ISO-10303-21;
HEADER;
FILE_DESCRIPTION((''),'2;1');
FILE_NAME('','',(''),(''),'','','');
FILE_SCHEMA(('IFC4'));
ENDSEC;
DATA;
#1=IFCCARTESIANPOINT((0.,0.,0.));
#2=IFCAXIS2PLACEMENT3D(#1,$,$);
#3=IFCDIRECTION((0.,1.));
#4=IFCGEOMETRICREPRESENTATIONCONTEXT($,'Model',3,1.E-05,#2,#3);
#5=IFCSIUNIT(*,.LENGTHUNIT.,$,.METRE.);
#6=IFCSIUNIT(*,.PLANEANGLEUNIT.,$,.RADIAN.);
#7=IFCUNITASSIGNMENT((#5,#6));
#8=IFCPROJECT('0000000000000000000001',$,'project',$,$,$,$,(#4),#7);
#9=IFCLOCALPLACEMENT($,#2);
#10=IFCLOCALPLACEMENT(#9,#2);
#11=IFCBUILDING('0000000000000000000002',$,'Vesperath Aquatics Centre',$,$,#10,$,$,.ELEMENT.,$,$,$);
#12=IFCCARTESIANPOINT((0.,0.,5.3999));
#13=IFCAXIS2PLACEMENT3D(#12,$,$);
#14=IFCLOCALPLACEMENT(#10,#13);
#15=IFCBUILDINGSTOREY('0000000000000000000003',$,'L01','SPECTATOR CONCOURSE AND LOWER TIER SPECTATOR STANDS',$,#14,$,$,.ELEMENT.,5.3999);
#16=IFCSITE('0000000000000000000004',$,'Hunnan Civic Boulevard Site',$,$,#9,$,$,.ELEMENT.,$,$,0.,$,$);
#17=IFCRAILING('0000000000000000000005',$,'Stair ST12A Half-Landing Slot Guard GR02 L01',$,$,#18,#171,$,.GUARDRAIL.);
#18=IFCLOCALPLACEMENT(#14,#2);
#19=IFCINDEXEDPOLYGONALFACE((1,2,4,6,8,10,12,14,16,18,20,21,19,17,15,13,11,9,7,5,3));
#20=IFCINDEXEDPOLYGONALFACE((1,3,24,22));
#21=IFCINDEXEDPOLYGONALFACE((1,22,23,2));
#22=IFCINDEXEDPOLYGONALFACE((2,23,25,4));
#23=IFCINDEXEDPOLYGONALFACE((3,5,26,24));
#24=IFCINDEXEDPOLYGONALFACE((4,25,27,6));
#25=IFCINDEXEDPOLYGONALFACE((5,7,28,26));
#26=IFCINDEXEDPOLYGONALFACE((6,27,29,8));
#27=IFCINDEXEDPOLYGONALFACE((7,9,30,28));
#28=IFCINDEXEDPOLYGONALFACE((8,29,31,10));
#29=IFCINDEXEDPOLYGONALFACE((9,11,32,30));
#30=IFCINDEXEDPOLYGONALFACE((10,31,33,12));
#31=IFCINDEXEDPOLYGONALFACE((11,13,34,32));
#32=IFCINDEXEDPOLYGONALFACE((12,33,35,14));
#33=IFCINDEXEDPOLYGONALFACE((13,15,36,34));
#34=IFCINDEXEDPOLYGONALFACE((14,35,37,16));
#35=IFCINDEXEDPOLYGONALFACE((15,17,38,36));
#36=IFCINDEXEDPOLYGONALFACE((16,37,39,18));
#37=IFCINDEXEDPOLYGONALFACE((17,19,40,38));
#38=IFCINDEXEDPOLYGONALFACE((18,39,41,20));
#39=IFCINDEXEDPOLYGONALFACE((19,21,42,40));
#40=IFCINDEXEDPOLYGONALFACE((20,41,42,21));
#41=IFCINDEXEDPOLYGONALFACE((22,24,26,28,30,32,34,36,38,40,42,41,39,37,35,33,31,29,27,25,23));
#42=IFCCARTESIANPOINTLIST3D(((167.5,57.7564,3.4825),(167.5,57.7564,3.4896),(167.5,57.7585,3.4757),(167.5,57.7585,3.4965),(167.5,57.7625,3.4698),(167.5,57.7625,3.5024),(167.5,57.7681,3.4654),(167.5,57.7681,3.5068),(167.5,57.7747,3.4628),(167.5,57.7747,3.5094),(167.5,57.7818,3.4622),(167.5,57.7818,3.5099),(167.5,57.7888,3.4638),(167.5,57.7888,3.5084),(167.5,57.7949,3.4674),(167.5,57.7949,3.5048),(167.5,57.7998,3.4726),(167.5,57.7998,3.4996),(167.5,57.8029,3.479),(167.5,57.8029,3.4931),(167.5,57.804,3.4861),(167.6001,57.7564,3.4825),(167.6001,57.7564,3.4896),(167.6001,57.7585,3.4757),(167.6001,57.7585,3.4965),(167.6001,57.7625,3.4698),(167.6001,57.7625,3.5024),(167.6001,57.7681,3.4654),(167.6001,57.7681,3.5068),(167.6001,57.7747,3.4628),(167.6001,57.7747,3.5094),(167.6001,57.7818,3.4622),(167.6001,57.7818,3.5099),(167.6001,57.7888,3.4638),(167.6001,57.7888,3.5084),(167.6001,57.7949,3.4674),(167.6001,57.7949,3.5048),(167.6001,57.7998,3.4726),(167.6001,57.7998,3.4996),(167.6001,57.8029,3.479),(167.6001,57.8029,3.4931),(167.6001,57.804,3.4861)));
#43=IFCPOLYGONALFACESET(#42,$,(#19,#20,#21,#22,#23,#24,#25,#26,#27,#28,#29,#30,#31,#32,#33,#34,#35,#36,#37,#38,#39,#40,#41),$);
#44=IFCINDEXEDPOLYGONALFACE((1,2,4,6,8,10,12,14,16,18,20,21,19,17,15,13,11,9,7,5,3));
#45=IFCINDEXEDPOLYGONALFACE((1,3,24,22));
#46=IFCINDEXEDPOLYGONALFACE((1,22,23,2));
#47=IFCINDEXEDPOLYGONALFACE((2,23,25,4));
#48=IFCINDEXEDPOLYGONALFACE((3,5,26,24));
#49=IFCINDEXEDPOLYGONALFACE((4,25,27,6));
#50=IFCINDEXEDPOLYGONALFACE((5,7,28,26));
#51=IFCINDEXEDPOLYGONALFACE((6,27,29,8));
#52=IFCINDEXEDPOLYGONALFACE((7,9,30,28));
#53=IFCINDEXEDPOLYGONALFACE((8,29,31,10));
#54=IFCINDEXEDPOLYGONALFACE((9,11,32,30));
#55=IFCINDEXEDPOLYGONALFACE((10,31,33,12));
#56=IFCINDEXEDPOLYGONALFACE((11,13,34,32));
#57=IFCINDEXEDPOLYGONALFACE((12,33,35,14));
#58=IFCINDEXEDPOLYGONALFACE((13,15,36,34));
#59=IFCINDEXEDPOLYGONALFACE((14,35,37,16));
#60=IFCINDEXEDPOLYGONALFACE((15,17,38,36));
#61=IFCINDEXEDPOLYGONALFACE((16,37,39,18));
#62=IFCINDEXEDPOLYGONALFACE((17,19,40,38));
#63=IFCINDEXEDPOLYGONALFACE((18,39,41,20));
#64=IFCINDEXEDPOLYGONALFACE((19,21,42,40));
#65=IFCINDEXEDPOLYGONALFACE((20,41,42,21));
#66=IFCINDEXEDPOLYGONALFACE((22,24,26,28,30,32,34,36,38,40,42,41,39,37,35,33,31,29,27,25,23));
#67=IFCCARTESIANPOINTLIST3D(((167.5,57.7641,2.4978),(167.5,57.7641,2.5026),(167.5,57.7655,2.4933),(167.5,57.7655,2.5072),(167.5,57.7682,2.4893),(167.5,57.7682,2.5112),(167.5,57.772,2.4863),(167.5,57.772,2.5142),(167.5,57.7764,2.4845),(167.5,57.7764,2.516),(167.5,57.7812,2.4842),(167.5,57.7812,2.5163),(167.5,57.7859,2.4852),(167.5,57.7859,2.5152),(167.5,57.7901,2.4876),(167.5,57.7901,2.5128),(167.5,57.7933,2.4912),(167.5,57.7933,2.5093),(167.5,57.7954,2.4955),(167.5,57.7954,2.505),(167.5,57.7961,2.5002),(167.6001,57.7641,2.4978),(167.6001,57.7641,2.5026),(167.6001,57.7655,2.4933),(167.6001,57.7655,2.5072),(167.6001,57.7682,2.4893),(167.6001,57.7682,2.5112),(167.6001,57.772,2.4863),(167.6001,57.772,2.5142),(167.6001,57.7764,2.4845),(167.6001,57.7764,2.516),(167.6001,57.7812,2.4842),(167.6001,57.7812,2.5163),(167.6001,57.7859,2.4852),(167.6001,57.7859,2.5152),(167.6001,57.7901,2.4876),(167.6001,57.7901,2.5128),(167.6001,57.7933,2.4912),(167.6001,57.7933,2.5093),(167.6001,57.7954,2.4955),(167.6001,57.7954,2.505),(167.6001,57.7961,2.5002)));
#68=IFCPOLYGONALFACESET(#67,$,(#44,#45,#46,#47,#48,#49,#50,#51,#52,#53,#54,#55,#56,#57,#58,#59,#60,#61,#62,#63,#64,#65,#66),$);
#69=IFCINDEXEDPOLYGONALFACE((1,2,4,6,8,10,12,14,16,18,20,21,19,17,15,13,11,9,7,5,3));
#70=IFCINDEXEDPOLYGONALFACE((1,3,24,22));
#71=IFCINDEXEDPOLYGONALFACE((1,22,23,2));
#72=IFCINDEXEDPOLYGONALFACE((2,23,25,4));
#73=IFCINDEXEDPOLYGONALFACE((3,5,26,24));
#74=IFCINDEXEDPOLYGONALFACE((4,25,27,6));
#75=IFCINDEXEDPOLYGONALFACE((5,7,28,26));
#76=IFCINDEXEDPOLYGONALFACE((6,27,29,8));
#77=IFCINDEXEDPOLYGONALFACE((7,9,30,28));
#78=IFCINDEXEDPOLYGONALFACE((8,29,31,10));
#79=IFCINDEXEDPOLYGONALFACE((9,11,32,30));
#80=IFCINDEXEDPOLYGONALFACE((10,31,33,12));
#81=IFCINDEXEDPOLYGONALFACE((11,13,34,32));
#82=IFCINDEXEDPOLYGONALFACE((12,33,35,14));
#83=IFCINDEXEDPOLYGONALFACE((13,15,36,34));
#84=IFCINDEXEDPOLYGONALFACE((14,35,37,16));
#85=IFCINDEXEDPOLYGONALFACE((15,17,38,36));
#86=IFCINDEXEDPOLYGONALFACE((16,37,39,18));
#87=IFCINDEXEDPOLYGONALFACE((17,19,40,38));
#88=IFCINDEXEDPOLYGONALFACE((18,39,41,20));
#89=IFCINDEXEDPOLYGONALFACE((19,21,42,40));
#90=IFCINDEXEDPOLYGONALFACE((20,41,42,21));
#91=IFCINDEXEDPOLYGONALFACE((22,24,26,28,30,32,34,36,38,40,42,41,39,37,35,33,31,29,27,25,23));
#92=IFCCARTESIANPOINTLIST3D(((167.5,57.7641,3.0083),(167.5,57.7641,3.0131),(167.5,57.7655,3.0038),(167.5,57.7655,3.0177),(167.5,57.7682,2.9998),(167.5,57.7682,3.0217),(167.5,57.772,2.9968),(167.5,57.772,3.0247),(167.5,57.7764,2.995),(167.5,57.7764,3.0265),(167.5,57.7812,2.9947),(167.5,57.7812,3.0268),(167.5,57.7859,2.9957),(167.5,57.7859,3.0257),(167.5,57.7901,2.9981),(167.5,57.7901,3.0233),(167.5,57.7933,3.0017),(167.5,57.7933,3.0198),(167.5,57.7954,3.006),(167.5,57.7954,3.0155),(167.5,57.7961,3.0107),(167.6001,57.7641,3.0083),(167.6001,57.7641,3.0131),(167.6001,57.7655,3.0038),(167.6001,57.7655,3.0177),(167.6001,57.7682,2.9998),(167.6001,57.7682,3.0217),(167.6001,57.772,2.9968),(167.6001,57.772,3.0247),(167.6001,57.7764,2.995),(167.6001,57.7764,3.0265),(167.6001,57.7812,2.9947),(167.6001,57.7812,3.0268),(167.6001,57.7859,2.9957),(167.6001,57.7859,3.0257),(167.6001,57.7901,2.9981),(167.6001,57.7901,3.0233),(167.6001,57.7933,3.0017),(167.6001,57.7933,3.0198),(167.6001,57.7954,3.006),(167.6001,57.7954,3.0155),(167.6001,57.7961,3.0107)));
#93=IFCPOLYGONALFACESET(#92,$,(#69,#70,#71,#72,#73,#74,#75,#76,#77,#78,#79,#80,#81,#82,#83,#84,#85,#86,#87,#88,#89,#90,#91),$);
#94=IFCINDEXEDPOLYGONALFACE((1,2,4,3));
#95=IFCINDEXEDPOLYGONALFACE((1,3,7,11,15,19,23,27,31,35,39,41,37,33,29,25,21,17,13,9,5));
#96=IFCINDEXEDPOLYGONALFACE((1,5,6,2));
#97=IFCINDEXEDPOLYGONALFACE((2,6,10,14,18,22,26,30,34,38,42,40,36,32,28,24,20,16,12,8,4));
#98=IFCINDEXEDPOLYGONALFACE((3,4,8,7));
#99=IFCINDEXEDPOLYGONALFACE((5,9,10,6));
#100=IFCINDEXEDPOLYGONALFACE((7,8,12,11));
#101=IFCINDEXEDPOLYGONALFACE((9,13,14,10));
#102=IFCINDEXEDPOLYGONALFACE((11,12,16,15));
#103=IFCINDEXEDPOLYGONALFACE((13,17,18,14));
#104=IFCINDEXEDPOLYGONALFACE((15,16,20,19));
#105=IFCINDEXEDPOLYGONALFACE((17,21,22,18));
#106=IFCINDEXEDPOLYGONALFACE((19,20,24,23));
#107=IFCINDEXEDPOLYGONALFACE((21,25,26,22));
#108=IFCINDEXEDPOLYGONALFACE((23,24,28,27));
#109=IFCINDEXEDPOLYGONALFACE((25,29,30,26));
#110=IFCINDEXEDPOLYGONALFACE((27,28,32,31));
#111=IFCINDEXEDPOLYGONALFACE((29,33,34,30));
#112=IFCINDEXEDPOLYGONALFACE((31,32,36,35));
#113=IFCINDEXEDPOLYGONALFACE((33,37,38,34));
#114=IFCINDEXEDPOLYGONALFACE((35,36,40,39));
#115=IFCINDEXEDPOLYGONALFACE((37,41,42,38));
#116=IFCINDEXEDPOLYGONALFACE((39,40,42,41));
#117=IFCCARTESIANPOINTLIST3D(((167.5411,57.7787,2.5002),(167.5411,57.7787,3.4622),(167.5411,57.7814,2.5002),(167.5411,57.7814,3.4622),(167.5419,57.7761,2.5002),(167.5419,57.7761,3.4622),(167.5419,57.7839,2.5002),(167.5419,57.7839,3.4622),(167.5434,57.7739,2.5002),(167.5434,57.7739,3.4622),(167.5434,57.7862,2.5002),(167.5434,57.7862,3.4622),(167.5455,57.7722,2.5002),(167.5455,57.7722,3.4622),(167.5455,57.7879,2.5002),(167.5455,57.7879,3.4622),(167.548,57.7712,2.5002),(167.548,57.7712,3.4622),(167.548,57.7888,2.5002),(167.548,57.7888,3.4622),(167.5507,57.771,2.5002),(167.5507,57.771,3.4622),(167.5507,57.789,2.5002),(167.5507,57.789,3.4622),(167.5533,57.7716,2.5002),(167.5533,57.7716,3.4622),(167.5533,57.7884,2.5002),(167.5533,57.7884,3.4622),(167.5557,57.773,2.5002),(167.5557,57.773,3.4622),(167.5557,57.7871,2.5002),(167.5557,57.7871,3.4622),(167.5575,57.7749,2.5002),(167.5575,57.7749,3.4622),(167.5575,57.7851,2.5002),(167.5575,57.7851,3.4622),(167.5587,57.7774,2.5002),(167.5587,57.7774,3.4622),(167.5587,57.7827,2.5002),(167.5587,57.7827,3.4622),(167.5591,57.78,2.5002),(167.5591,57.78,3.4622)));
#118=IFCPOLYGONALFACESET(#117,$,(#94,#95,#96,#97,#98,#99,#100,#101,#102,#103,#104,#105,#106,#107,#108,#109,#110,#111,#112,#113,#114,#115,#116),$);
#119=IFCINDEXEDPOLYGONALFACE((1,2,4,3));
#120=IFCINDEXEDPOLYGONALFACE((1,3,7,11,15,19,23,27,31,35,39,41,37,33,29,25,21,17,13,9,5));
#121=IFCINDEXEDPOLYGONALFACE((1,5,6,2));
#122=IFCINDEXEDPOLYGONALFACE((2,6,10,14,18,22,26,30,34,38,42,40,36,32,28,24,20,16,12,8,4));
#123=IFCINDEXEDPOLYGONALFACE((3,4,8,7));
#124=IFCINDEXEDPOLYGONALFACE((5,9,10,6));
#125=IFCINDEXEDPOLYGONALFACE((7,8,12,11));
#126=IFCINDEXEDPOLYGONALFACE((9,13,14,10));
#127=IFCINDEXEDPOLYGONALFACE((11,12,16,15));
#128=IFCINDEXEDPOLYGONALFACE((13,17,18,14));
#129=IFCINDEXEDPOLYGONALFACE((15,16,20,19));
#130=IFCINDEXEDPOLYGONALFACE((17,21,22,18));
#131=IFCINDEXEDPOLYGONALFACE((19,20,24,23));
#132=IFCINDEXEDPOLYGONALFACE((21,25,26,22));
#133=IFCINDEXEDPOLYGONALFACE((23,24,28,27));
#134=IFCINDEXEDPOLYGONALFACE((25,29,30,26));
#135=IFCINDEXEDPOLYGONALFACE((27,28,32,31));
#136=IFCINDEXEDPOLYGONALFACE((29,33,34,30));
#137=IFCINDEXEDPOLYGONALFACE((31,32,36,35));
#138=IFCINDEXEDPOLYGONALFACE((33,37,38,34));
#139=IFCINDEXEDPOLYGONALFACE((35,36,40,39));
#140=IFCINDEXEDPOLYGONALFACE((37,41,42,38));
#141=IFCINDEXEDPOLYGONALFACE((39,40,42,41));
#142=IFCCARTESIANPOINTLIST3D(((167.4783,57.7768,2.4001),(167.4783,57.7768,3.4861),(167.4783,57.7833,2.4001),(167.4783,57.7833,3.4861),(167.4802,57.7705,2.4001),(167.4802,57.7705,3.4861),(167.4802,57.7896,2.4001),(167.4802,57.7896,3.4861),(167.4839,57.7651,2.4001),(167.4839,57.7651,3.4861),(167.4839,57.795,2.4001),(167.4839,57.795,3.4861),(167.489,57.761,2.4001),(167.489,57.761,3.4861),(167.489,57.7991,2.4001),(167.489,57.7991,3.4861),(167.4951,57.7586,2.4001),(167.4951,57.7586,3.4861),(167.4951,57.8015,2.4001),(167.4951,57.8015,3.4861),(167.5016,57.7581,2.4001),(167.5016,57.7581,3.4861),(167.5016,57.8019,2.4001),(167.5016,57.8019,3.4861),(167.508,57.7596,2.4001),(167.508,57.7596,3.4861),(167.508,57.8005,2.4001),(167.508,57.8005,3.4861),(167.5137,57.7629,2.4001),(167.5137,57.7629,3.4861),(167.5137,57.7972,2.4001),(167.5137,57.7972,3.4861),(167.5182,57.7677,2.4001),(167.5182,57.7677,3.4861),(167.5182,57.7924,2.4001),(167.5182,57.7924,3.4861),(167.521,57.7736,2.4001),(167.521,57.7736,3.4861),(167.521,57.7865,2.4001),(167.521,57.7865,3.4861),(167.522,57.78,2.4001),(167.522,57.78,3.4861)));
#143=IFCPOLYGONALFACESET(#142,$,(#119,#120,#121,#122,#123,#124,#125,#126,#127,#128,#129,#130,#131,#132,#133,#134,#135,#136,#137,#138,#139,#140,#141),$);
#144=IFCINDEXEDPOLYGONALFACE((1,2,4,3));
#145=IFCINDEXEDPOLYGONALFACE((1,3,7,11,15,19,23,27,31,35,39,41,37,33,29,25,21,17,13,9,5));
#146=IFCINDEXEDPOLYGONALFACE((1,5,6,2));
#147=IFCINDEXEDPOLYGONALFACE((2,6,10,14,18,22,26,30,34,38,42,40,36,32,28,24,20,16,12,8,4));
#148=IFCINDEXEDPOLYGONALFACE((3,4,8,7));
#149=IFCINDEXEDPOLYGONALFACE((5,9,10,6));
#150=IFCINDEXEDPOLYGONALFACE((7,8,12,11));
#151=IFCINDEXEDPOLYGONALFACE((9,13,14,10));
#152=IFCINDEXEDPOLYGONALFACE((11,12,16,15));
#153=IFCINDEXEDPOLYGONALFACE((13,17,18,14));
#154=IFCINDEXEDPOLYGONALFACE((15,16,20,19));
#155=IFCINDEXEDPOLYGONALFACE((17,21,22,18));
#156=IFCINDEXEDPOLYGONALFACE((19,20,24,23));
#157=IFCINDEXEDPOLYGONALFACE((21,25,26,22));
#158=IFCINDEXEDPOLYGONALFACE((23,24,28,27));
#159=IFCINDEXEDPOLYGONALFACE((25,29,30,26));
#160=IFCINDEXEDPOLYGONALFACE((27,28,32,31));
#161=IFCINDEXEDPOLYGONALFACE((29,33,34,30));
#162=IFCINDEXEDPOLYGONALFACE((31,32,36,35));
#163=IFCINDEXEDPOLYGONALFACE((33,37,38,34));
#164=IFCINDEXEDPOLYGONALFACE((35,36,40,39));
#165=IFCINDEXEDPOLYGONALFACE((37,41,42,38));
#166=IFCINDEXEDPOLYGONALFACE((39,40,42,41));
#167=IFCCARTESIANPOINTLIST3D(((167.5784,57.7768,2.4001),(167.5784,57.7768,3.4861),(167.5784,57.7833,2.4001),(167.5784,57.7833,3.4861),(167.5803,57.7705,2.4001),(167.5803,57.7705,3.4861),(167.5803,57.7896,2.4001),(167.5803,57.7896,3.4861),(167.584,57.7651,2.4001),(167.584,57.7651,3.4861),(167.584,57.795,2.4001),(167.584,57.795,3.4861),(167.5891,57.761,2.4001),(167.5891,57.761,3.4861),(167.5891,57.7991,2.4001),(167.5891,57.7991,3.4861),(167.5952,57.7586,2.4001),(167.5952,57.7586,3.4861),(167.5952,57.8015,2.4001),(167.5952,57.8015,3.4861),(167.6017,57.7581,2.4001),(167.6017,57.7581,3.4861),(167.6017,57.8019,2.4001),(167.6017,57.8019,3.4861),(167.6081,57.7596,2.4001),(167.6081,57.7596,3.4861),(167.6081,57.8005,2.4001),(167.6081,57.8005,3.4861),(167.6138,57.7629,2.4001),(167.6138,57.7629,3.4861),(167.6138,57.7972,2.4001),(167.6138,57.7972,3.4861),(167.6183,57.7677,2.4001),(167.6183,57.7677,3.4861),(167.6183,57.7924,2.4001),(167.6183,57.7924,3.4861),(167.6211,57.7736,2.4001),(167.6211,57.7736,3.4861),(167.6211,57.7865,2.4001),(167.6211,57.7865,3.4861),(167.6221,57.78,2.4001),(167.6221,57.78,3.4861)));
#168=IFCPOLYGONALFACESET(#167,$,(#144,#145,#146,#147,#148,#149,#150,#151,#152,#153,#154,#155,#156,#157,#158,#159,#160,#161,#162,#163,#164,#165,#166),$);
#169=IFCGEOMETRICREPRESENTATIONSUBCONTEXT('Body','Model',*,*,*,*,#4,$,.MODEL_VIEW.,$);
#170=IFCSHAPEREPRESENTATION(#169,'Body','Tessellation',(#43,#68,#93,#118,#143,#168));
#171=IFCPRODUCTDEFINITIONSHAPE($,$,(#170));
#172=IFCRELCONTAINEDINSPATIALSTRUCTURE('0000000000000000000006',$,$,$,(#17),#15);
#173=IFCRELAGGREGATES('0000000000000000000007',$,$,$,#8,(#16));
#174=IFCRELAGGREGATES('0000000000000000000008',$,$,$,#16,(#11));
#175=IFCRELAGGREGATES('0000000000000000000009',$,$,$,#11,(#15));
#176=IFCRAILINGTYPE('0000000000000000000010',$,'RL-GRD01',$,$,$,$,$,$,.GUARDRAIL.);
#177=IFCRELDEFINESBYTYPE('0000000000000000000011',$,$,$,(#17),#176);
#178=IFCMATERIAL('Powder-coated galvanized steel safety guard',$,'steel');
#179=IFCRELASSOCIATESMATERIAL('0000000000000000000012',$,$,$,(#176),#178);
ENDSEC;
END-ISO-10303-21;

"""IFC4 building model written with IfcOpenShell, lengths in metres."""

from ifc_helpers import new_model, si_unit, direction, frame, origin, origin_2d, place, context, subcontext, project, spatial, circle, extrude, material, type_object, element, save


model = new_model("IFC4")

# Units and contexts
model_context = context("Model", 3, precision=1e-05, world=origin(), true_north=direction((0.0, 1.0)))
body_context = subcontext(model_context, "Body", "Model", "MODEL_VIEW")
ifc_project = project(units=[si_unit("LENGTHUNIT", "METRE"), si_unit("PLANEANGLEUNIT", "RADIAN")], contexts=[model_context])

# Site, building, storey
site_placement = place(None, origin())
site = spatial("IfcSite", under=ifc_project, at=site_placement, Name="Hunnan Civic Boulevard Site", CompositionType="ELEMENT", RefElevation=0.0)
building_placement = place(site_placement, origin())
building = spatial("IfcBuilding", under=site, at=building_placement, Name="Vesperath Aquatics Centre", CompositionType="ELEMENT")
storey_placement = place(building_placement, frame((0.0, 0.0, 5.3999)))
storey = spatial("IfcBuildingStorey", under=building, at=storey_placement, Name="L01", Description="SPECTATOR CONCOURSE AND LOWER TIER SPECTATOR STANDS", CompositionType="ELEMENT", Elevation=5.3999)

# Railing
ifc_material_1 = material(Name="Powder-coated galvanized steel safety guard", Category="steel")
railing_type_1 = type_object("IfcRailingType", Name="RL-GRD01", PredefinedType="GUARDRAIL", material=ifc_material_1)
railing_1_placement = place(storey_placement, frame((167.5, 57.78, 2.4001)))
element("IfcRailing", 1, at=railing_1_placement, inside=storey, type_object=railing_type_1, Name="Stair ST12A Half-Landing Slot Guard GR02 L01", PredefinedType="GUARDRAIL", context=body_context, shape_type="SweptSolid", body=[
    extrude(circle(Radius=0.0239, at=origin_2d()), frame((0.0, 0.0, 1.0859), z_axis=(1.0, 0.0, 0.0), x_axis=(0.0, 1.0, 0.0)), (0.0, 0.0, 1.0), 0.1001),
    extrude(circle(Radius=0.0161, at=origin_2d()), frame((0.0, 0.0, 0.1001), z_axis=(1.0, 0.0, 0.0), x_axis=(0.0, 1.0, 0.0)), (0.0, 0.0, 1.0), 0.1001),
    extrude(circle(Radius=0.0161, at=origin_2d()), frame((0.0, 0.0, 0.6106), z_axis=(1.0, 0.0, 0.0), x_axis=(0.0, 1.0, 0.0)), (0.0, 0.0, 1.0), 0.1001),
    extrude(circle(Radius=0.009, at=origin_2d()), frame((0.05, 0.0, 0.1001)), (0.0, 0.0, 1.0), 0.9619),
    extrude(circle(Radius=0.022, at=origin_2d()), origin(), (0.0, 0.0, 1.0), 1.0859),
    extrude(circle(Radius=0.022, at=origin_2d()), frame((0.1001, 0.0, 0.0)), (0.0, 0.0, 1.0), 1.0859),
])

save(model, "model.ifc")
